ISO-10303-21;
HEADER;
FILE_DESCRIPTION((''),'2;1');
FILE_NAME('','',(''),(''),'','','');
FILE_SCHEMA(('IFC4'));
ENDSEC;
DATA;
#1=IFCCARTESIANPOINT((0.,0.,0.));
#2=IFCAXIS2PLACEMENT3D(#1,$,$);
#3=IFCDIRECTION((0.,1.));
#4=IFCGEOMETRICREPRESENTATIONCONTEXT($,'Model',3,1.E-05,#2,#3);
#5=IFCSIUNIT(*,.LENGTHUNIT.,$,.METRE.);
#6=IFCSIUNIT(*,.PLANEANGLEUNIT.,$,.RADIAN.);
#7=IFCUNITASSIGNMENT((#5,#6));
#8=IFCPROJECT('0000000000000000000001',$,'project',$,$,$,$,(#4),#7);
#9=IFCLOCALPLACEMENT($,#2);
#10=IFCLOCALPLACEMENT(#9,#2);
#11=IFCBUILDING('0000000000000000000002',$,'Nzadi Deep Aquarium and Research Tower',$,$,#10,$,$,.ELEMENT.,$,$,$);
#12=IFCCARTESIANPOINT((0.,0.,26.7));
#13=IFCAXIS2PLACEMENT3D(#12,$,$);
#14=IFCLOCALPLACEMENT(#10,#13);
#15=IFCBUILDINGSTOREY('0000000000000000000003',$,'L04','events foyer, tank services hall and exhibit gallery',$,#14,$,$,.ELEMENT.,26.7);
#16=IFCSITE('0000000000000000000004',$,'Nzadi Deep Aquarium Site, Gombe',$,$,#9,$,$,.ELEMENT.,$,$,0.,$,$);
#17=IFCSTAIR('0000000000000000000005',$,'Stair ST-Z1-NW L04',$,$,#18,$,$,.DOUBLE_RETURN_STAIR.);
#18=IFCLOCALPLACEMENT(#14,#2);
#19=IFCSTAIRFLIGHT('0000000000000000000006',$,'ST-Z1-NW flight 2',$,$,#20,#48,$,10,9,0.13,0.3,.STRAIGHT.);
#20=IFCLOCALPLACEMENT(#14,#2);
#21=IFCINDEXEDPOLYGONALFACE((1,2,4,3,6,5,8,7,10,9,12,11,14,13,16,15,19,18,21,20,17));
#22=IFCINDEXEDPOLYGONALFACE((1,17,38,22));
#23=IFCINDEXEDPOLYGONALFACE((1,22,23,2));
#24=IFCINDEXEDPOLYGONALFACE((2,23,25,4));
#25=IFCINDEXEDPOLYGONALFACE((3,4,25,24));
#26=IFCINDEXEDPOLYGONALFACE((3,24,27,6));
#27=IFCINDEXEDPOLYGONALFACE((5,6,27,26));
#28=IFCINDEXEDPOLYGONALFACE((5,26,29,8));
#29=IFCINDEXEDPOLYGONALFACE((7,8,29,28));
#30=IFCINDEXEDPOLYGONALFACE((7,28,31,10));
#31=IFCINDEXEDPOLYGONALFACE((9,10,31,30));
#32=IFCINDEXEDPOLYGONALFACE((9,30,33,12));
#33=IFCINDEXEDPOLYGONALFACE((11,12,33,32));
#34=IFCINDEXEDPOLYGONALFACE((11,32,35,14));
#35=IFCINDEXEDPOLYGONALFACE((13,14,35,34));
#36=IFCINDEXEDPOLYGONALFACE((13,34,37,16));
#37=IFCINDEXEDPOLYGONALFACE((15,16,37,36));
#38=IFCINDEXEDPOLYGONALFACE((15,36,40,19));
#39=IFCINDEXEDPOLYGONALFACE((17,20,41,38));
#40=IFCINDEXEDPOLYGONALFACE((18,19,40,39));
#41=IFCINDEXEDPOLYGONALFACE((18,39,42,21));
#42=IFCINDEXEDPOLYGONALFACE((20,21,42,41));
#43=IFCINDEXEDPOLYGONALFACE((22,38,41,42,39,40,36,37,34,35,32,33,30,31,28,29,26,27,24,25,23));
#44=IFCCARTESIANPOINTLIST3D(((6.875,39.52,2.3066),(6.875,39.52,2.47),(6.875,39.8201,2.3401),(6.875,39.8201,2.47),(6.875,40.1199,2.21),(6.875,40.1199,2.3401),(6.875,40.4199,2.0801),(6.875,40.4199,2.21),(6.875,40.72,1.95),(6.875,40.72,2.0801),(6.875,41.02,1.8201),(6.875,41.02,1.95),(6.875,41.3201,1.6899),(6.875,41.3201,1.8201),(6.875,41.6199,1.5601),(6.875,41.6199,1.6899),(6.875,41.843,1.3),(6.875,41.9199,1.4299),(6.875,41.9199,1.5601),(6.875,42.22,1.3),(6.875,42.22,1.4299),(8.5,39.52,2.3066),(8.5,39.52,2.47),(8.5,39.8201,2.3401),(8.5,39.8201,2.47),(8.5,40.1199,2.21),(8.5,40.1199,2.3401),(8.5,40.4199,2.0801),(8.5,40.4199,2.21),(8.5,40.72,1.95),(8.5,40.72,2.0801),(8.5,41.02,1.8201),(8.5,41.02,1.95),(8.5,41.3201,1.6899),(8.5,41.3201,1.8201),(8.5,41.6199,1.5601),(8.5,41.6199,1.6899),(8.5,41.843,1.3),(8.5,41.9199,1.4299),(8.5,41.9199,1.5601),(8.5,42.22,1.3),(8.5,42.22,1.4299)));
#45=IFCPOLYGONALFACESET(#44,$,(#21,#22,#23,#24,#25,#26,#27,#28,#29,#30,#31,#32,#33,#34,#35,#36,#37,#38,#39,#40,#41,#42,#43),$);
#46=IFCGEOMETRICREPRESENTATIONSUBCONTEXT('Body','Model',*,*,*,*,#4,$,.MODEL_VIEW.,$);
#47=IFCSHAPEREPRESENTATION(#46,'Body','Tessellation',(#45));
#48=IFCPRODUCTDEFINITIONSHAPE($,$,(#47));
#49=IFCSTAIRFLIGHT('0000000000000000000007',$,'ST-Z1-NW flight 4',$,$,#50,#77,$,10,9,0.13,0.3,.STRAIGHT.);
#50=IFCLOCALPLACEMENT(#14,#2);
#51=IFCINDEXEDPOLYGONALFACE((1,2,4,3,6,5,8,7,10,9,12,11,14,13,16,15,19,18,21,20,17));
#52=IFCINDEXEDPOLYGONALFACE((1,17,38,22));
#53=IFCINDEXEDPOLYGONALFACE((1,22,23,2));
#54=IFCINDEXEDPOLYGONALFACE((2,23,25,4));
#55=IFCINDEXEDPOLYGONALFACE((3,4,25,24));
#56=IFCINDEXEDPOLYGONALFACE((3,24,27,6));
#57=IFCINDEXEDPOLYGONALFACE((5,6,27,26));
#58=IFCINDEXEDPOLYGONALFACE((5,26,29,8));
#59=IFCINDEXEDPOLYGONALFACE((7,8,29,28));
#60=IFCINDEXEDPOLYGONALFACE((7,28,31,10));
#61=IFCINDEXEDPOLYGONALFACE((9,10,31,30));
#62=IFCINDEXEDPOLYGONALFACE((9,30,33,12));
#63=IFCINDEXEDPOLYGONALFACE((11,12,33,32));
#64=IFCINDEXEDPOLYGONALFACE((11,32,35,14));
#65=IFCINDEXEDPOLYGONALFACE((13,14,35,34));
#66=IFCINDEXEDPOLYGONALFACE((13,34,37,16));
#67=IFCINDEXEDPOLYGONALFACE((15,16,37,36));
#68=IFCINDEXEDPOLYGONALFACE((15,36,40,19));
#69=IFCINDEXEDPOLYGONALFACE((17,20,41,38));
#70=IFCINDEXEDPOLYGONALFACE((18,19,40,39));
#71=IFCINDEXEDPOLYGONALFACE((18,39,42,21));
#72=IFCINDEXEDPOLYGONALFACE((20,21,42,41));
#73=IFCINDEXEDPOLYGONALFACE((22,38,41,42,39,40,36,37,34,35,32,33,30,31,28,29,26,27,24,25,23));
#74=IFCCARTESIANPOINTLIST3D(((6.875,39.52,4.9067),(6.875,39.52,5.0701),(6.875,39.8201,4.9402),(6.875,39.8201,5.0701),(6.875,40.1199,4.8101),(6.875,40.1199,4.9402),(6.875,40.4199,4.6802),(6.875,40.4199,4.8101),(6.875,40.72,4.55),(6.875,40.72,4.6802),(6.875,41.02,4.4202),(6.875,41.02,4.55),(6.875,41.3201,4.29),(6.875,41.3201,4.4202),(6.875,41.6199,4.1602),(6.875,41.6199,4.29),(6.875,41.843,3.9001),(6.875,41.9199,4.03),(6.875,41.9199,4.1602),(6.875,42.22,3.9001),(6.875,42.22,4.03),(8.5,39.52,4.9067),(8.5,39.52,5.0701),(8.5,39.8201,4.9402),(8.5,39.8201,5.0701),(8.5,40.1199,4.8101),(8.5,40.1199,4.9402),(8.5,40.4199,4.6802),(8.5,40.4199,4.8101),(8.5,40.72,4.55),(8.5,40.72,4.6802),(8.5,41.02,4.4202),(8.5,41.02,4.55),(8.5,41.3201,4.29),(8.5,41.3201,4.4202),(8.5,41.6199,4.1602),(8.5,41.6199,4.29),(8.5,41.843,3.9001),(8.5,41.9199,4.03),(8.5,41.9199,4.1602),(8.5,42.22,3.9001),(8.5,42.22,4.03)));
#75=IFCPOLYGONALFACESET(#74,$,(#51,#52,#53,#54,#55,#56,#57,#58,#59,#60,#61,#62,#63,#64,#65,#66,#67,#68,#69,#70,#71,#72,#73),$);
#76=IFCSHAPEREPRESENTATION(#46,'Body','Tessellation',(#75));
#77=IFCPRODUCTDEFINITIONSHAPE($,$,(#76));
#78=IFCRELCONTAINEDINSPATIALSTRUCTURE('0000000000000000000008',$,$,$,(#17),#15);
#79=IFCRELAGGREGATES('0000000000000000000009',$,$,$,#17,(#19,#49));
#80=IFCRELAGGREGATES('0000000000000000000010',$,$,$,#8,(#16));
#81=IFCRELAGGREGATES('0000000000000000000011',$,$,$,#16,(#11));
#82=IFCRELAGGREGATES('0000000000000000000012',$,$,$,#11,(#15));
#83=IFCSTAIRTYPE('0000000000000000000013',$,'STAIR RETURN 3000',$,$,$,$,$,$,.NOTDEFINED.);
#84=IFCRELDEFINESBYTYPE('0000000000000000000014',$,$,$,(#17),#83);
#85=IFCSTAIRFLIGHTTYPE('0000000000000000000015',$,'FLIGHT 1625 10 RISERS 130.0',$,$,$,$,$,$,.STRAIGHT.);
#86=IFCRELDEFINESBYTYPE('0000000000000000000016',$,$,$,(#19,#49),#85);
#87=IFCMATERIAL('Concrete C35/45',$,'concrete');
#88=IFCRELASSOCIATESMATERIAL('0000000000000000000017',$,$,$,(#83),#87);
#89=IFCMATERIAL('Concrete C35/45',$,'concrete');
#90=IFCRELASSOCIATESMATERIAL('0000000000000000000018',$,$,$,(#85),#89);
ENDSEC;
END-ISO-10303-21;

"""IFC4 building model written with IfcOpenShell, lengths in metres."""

from ifc_helpers import new_model, si_unit, direction, frame, origin, place, context, subcontext, project, spatial, polyline, outline, extrude, material, type_object, element, aggregate, save


model = new_model("IFC4")

# Units and contexts
model_context = context("Model", 3, precision=1e-05, world=origin(), true_north=direction((0.0, 1.0)))
body_context = subcontext(model_context, "Body", "Model", "MODEL_VIEW")
ifc_project = project(units=[si_unit("LENGTHUNIT", "METRE"), si_unit("PLANEANGLEUNIT", "RADIAN")], contexts=[model_context])

# Site, building, storey
site_placement = place(None, origin())
site = spatial("IfcSite", under=ifc_project, at=site_placement, Name="Nzadi Deep Aquarium Site, Gombe", CompositionType="ELEMENT", RefElevation=0.0)
building_placement = place(site_placement, origin())
building = spatial("IfcBuilding", under=site, at=building_placement, Name="Nzadi Deep Aquarium and Research Tower", CompositionType="ELEMENT")
storey_placement = place(building_placement, frame((0.0, 0.0, 26.7)))
storey = spatial("IfcBuildingStorey", under=building, at=storey_placement, Name="L04", Description="events foyer, tank services hall and exhibit gallery", CompositionType="ELEMENT", Elevation=26.7)

# Stair, stair flights
ifc_material_1 = material(Name="Concrete C35/45", Category="concrete")
stair_type = type_object("IfcStairType", Name="STAIR RETURN 3000", PredefinedType="NOTDEFINED", material=ifc_material_1)
stair_placement = place(storey_placement, origin())
stair = element("IfcStair", 1, at=stair_placement, inside=storey, type_object=stair_type, Name="Stair ST-Z1-NW L04", PredefinedType="DOUBLE_RETURN_STAIR")
ifc_material_2 = material(Name="Concrete C35/45", Category="concrete")
stair_flight_type = type_object("IfcStairFlightType", Name="FLIGHT 1625 10 RISERS 130.0", PredefinedType="STRAIGHT", material=ifc_material_2)
stair_flight_1_placement = place(storey_placement, frame((7.6875, 42.22, 1.3), z_axis=(0.0, 0.0, 1.0), x_axis=(0.0, -1.0, 0.0)))
stair_flight_1 = element("IfcStairFlight", 2, at=stair_flight_1_placement, type_object=stair_flight_type, Name="ST-Z1-NW flight 2", NumberOfRisers=10, NumberOfTreads=9, PredefinedType="STRAIGHT", RiserHeight=0.13, TreadLength=0.3, context=body_context, shape_type="SweptSolid", body=[
    extrude(outline(polyline([(0.0, 0.0), (0.0, 0.1299), (0.3, 0.1299), (0.3, 0.26), (0.6001, 0.26), (0.6001, 0.3899), (0.8999, 0.3899), (0.8999, 0.52), (1.2, 0.52), (1.2, 0.6499), (1.5, 0.6499), (1.5, 0.78), (1.8, 0.78), (1.8, 0.9099), (2.1001, 0.9099), (2.1001, 1.04), (2.3999, 1.04), (2.3999, 1.1699), (2.7, 1.1699), (2.7, 1.3), (2.7, 1.0066), (0.377, 0.0), (0.0, 0.0)])), frame((0.0, 0.8125, 0.0), z_axis=(0.0, -1.0, 0.0), x_axis=(1.0, 0.0, 0.0)), (0.0, 0.0, 1.0), 1.625),
])
stair_flight_2_placement = place(storey_placement, frame((7.6875, 42.22, 3.9001), z_axis=(0.0, 0.0, 1.0), x_axis=(0.0, -1.0, 0.0)))
stair_flight_2 = element("IfcStairFlight", 3, at=stair_flight_2_placement, type_object=stair_flight_type, Name="ST-Z1-NW flight 4", NumberOfRisers=10, NumberOfTreads=9, PredefinedType="STRAIGHT", RiserHeight=0.13, TreadLength=0.3, context=body_context, shape_type="SweptSolid", body=[
    extrude(outline(polyline([(0.0, 0.0), (0.0, 0.1299), (0.3, 0.1299), (0.3, 0.26), (0.6001, 0.26), (0.6001, 0.3899), (0.8999, 0.3899), (0.8999, 0.52), (1.2, 0.52), (1.2, 0.6499), (1.5, 0.6499), (1.5, 0.78), (1.8, 0.78), (1.8, 0.9099), (2.1001, 0.9099), (2.1001, 1.04), (2.3999, 1.04), (2.3999, 1.1699), (2.7, 1.1699), (2.7, 1.3), (2.7, 1.0066), (0.377, 0.0), (0.0, 0.0)])), frame((0.0, 0.8125, 0.0), z_axis=(0.0, -1.0, 0.0), x_axis=(1.0, 0.0, 0.0)), (0.0, 0.0, 1.0), 1.625),
])
aggregate(stair, [stair_flight_1, stair_flight_2])

save(model, "model.ifc")
